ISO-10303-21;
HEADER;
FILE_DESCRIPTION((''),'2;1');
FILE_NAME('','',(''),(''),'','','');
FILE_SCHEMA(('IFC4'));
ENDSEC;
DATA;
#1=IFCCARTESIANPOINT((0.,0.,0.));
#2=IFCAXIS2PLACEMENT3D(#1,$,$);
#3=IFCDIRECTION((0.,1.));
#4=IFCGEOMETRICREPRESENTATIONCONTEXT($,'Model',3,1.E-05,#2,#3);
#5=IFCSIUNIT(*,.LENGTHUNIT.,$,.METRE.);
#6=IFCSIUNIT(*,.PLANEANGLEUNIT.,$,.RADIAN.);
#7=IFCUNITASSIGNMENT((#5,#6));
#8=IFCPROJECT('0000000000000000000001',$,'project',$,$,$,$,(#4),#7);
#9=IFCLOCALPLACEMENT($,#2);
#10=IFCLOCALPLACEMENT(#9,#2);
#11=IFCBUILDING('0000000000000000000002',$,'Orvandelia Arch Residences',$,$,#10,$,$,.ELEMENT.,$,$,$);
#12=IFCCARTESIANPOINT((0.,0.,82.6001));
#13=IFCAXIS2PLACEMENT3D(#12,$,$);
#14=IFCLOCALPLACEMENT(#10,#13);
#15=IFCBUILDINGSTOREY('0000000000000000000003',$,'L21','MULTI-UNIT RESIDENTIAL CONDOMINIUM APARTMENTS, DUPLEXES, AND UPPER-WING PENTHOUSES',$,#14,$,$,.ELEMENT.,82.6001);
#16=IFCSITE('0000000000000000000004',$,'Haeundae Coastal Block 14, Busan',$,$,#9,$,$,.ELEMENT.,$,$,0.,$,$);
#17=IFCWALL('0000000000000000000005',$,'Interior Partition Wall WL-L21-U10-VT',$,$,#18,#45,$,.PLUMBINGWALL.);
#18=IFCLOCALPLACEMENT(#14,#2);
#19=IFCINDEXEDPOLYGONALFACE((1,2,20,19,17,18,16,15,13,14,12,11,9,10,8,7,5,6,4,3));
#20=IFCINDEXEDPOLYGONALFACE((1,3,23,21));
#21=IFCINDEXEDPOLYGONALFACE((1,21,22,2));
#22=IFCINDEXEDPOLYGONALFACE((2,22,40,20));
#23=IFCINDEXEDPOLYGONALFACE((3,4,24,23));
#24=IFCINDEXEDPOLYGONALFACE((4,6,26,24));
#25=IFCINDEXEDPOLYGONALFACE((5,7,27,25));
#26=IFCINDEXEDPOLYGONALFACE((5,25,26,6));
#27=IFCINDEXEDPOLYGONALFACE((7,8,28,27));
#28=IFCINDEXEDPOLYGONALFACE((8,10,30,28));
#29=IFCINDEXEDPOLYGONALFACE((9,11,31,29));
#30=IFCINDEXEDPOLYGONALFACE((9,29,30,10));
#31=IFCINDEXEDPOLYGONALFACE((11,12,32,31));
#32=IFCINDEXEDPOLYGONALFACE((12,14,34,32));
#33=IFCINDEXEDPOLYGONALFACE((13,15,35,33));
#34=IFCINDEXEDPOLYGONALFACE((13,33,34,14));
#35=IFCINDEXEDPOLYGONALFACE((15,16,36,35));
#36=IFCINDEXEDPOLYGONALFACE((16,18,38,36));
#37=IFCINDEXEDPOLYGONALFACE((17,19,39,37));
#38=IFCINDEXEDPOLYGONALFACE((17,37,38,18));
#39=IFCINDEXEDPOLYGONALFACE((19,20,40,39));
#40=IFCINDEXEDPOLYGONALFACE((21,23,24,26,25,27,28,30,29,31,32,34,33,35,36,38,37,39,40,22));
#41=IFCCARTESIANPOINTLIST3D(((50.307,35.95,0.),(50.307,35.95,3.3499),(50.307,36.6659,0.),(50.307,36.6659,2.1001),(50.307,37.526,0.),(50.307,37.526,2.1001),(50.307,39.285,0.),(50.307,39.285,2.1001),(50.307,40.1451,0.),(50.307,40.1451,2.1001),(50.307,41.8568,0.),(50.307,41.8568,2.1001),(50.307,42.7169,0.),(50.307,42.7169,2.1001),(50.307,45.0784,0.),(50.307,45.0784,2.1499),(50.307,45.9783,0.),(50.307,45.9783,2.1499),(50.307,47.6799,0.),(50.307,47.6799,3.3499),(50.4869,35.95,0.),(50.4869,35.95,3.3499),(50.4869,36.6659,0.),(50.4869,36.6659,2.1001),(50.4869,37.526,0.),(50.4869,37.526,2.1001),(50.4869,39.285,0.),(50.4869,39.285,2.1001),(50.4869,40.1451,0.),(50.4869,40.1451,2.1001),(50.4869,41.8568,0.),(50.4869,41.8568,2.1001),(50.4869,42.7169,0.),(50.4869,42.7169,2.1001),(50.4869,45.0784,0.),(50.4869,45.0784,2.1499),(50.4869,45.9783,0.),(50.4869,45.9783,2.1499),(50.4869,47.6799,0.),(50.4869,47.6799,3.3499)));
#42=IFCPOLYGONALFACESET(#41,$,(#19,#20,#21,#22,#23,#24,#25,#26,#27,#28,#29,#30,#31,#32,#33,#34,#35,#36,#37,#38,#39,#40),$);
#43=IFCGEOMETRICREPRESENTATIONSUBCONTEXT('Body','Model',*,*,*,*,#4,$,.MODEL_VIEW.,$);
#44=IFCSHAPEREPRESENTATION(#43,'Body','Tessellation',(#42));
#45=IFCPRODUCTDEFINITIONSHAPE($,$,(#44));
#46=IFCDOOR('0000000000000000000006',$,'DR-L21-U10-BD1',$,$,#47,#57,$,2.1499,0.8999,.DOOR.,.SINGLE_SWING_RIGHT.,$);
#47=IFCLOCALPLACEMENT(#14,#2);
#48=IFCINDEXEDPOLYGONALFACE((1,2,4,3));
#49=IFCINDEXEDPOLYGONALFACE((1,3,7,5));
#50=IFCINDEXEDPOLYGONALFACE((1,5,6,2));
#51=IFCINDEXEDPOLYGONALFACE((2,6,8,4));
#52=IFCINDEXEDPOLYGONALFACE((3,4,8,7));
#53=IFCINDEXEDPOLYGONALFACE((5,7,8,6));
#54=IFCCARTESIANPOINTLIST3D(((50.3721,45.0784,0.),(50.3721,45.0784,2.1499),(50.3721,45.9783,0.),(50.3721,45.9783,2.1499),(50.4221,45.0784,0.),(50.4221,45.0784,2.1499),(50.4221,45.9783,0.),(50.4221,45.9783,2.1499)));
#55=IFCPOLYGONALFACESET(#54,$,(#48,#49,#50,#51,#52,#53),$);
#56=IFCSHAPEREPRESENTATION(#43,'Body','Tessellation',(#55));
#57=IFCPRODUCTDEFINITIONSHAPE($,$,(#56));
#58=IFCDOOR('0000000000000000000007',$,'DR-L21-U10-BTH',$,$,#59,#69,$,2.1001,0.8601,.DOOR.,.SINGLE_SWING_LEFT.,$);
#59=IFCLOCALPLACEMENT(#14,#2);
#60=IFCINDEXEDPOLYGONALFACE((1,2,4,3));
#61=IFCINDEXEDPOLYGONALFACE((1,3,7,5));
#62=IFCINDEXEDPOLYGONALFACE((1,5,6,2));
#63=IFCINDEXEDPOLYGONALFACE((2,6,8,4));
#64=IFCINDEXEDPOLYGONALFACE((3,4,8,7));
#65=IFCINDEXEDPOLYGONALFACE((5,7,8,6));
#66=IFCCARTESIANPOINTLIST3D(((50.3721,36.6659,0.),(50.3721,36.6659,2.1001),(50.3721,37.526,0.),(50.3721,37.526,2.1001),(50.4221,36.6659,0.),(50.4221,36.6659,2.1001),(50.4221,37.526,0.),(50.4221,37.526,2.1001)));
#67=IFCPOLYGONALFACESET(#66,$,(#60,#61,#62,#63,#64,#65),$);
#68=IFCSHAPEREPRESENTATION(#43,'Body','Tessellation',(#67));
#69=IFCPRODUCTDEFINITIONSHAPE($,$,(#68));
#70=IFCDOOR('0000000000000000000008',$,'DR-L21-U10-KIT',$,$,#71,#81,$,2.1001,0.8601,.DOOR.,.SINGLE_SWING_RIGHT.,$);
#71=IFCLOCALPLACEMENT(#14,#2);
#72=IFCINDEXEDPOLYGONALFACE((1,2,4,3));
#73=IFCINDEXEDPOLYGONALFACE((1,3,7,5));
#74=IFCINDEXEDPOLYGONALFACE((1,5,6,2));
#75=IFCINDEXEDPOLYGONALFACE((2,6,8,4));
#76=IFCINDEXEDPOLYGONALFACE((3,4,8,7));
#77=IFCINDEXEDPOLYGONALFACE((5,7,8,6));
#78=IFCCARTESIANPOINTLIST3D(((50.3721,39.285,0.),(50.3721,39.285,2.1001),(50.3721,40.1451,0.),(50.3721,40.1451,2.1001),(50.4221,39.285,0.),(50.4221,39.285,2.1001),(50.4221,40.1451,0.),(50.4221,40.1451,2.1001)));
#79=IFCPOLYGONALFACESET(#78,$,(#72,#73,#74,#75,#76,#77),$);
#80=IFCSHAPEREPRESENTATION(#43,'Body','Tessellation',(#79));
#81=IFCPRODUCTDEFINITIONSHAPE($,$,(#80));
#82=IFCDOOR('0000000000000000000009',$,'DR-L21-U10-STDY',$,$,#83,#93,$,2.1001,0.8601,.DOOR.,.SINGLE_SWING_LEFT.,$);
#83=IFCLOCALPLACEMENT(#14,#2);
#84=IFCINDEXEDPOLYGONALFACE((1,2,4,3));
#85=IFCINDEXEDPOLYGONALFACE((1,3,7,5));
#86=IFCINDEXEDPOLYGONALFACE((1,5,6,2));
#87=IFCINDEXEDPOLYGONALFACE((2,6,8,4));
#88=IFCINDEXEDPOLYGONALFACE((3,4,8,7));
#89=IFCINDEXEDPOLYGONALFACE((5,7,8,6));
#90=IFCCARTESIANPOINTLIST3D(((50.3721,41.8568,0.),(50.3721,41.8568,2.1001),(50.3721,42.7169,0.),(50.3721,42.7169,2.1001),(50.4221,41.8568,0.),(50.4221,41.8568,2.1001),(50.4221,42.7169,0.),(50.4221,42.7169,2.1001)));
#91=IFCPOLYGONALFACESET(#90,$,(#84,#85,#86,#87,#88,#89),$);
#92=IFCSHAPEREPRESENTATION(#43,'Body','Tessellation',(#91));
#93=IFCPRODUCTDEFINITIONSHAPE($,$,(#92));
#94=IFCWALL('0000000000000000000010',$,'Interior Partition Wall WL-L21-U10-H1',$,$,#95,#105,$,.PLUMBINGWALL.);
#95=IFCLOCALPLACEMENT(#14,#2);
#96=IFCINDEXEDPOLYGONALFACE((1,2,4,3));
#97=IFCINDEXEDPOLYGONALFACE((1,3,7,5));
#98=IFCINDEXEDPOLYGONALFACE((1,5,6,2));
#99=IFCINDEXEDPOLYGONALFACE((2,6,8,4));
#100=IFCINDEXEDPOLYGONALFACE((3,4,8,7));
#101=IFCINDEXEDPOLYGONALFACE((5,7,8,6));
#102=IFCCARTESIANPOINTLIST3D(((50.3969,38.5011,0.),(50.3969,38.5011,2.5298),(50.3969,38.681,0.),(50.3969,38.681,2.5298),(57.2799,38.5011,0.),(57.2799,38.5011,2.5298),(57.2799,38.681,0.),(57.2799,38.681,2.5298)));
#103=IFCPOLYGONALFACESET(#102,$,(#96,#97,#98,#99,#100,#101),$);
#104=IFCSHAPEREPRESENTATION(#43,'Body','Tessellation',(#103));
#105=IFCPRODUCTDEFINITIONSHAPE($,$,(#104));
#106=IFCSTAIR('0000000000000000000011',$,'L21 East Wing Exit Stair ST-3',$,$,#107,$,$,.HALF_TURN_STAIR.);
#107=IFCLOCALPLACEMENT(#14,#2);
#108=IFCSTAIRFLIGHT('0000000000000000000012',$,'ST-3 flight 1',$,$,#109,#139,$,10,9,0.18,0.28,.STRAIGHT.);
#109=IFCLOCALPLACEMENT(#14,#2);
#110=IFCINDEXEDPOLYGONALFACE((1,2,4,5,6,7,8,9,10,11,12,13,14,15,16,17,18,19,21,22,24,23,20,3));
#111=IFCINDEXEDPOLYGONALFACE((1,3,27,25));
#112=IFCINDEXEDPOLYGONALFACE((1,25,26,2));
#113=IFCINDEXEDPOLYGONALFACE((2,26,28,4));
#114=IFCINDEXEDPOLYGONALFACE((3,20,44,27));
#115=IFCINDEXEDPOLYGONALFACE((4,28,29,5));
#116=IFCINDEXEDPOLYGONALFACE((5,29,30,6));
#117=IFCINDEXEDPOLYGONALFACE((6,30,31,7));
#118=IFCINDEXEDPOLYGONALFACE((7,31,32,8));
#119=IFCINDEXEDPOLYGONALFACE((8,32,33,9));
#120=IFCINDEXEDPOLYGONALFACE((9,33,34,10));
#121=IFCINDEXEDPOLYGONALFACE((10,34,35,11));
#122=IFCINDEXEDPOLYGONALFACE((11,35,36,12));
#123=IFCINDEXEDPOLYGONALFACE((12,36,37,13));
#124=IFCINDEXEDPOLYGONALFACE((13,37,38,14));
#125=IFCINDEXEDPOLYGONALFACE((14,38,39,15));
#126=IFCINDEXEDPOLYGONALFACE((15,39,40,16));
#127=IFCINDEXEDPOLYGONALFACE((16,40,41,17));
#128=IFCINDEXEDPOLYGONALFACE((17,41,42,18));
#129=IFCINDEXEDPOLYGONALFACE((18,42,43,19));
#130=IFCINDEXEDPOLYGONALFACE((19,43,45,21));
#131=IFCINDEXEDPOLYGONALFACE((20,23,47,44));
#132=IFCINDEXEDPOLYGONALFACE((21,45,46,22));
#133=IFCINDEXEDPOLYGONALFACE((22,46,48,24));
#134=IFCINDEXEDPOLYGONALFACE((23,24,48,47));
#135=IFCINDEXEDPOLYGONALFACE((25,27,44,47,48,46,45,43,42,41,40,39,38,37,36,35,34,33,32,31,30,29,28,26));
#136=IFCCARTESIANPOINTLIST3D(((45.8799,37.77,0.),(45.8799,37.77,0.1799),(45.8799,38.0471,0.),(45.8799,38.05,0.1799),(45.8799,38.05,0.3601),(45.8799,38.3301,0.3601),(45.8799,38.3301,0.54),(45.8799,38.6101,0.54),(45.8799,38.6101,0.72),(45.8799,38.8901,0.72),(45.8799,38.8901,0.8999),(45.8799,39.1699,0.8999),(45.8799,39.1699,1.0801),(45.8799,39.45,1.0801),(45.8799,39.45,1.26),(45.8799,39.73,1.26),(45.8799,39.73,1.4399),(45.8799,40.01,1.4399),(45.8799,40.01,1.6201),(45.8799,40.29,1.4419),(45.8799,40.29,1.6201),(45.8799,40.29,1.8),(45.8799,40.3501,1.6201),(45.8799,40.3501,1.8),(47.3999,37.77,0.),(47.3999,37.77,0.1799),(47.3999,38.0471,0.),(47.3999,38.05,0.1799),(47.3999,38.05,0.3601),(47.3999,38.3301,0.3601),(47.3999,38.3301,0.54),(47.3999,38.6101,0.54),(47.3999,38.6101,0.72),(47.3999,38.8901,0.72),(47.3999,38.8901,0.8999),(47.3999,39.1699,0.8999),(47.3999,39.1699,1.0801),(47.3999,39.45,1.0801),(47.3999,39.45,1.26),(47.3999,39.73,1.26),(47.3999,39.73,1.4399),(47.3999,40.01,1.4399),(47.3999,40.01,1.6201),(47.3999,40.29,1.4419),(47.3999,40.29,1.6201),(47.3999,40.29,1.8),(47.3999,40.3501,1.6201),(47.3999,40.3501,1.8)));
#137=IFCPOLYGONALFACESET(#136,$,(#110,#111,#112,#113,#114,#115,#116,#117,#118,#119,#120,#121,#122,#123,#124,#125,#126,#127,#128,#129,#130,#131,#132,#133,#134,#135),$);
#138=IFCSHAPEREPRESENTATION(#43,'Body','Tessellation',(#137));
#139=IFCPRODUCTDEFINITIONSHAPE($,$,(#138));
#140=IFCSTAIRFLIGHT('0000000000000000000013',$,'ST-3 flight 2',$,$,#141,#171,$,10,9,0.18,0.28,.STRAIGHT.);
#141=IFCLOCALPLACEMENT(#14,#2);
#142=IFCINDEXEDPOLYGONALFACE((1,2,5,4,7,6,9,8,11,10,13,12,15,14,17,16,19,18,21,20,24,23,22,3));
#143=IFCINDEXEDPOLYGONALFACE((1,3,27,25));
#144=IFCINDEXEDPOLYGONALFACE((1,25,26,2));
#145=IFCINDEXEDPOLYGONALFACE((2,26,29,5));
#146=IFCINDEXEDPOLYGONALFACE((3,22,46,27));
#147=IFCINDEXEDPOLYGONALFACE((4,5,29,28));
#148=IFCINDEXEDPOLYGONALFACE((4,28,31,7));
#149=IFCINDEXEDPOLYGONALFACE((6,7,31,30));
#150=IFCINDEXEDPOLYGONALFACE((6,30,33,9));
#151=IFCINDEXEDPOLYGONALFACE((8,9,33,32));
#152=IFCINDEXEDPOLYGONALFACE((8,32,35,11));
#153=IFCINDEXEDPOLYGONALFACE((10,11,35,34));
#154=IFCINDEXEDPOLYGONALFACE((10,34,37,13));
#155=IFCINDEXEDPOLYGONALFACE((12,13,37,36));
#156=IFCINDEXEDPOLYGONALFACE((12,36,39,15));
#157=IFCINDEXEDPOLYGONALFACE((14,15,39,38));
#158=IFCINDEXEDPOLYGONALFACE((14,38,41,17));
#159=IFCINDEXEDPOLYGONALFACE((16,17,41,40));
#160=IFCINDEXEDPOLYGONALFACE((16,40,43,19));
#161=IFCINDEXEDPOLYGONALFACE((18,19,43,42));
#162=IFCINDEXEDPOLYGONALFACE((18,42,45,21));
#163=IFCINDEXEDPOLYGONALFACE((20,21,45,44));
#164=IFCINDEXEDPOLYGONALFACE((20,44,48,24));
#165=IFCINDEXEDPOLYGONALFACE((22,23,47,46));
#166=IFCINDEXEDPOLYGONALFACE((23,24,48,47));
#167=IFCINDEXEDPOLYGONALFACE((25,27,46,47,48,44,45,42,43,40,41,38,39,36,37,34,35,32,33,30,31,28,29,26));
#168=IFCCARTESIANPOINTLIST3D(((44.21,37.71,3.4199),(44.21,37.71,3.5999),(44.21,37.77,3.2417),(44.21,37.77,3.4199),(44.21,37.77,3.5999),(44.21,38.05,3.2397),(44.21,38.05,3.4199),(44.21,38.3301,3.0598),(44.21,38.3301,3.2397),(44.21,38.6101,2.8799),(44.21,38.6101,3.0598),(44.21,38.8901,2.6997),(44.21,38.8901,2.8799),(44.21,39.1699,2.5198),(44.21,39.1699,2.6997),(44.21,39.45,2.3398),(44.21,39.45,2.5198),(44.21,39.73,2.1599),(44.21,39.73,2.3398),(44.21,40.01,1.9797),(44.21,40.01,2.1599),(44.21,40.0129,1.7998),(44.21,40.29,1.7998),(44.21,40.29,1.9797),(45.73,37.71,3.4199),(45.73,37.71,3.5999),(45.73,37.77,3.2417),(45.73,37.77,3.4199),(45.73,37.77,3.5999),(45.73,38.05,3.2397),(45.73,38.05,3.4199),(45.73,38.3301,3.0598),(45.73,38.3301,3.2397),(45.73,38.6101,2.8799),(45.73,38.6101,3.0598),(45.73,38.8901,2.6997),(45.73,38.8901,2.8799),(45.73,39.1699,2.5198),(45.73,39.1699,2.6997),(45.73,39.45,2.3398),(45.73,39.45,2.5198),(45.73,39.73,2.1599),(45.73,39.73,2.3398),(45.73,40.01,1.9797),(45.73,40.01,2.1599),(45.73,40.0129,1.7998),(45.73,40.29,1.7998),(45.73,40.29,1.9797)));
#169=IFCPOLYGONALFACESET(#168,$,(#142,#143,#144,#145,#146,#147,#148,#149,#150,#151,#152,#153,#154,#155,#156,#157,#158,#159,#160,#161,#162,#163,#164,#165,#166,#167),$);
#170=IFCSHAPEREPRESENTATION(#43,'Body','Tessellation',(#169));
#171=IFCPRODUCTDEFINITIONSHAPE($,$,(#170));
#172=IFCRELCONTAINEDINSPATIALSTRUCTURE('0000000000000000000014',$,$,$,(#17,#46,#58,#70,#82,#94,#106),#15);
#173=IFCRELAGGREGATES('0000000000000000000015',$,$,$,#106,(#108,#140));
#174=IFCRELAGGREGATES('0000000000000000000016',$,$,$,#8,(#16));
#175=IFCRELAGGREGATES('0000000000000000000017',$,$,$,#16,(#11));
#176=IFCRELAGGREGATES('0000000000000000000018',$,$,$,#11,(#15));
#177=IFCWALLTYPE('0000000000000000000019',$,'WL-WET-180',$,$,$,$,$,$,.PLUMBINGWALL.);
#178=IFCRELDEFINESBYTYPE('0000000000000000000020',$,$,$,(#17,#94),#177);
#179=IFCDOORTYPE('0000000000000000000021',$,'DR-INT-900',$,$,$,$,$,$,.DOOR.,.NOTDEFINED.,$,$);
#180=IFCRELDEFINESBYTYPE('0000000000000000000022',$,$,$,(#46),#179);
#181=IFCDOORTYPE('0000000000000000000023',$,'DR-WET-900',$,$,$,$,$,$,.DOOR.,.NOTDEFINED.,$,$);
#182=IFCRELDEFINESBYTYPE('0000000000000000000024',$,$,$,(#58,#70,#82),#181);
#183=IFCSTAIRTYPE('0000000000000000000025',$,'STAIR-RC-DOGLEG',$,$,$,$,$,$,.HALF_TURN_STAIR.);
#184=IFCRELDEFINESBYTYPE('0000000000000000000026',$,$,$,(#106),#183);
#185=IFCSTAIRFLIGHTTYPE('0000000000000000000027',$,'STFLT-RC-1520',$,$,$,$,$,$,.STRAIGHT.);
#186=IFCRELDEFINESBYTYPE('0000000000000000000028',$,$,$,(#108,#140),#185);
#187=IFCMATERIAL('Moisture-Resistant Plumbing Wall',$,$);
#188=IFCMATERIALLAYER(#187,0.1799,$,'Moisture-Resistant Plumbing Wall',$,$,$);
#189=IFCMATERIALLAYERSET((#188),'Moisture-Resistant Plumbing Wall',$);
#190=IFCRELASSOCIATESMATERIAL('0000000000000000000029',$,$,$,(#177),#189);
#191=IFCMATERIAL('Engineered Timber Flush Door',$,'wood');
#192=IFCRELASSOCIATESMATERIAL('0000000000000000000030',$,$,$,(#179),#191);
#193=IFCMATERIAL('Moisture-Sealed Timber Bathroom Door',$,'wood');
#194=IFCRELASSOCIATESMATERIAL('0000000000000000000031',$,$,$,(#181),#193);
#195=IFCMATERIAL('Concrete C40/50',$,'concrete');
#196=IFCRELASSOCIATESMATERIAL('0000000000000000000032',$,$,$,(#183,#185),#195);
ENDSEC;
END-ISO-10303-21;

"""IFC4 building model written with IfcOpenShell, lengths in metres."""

from ifc_helpers import new_model, si_unit, direction, frame, frame_2d, origin, place, context, subcontext, project, spatial, polyline, rectangle, outline, extrude, material, layer, layer_set, type_object, element, fill, aggregate, save


model = new_model("IFC4")

# Units and contexts
model_context = context("Model", 3, precision=1e-05, world=origin(), true_north=direction((0.0, 1.0)))
body_context = subcontext(model_context, "Body", "Model", "MODEL_VIEW")
ifc_project = project(units=[si_unit("LENGTHUNIT", "METRE"), si_unit("PLANEANGLEUNIT", "RADIAN")], contexts=[model_context])

# Site, building, storey
site_placement = place(None, origin())
site = spatial("IfcSite", under=ifc_project, at=site_placement, Name="Haeundae Coastal Block 14, Busan", CompositionType="ELEMENT", RefElevation=0.0)
building_placement = place(site_placement, origin())
building = spatial("IfcBuilding", under=site, at=building_placement, Name="Orvandelia Arch Residences", CompositionType="ELEMENT")
storey_placement = place(building_placement, frame((0.0, 0.0, 82.6001)))
storey = spatial("IfcBuildingStorey", under=building, at=storey_placement, Name="L21", Description="MULTI-UNIT RESIDENTIAL CONDOMINIUM APARTMENTS, DUPLEXES, AND UPPER-WING PENTHOUSES", CompositionType="ELEMENT", Elevation=82.6001)

# Shared definitions
ifc_material_1 = material(Name="Concrete C40/50", Category="concrete")

# Wall, openings, doors
ifc_material_2 = material(Name="Moisture-Resistant Plumbing Wall")
ifc_layer_1 = layer(ifc_material_2, 0.1799, Name="Moisture-Resistant Plumbing Wall")
ifc_layer_set_1 = layer_set([ifc_layer_1], Name="Moisture-Resistant Plumbing Wall")
wall_type_1 = type_object("IfcWallType", Name="WL-WET-180", PredefinedType="PLUMBINGWALL", material=ifc_layer_set_1)
wall_1_placement = place(storey_placement, frame((50.397, 35.95, 0.0), z_axis=(0.0, 0.0, 1.0), x_axis=(0.0, 1.0, 0.0)))
wall_1 = element("IfcWall", 1, at=wall_1_placement, inside=storey, type_object=wall_type_1, Name="Interior Partition Wall WL-L21-U10-VT", PredefinedType="PLUMBINGWALL", context=body_context, shape_type="SweptSolid", body=[
    extrude(rectangle(XDim=11.73, YDim=0.1799, at=frame_2d((5.865, 0.0))), origin(), (0.0, 0.0, 1.0), 3.3499),
])
opening_1_placement = place(wall_1_placement, frame((0.7158, 0.0, 0.0)))
opening_1 = element("IfcOpeningElement", 2, at=opening_1_placement, cuts=wall_1, PredefinedType="OPENING", context=body_context, shape_type="SweptSolid", body=[
    extrude(rectangle(XDim=0.8601, YDim=2.1001, at=frame_2d((0.4302, 1.05))), frame((0.0, 0.1001, 0.0), z_axis=(0.0, -1.0, 0.0), x_axis=(1.0, 0.0, 0.0)), (0.0, 0.0, 1.0), 0.2),
])
opening_2_placement = place(wall_1_placement, frame((3.335, 0.0, 0.0)))
opening_2 = element("IfcOpeningElement", 3, at=opening_2_placement, cuts=wall_1, PredefinedType="OPENING", context=body_context, shape_type="SweptSolid", body=[
    extrude(rectangle(XDim=0.8601, YDim=2.1001, at=frame_2d((0.4302, 1.05))), frame((0.0, 0.1001, 0.0), z_axis=(0.0, -1.0, 0.0), x_axis=(1.0, 0.0, 0.0)), (0.0, 0.0, 1.0), 0.2),
])
opening_3_placement = place(wall_1_placement, frame((5.9067, 0.0, 0.0)))
opening_3 = element("IfcOpeningElement", 4, at=opening_3_placement, cuts=wall_1, PredefinedType="OPENING", context=body_context, shape_type="SweptSolid", body=[
    extrude(rectangle(XDim=0.8601, YDim=2.1001, at=frame_2d((0.4302, 1.05))), frame((0.0, 0.1001, 0.0), z_axis=(0.0, -1.0, 0.0), x_axis=(1.0, 0.0, 0.0)), (0.0, 0.0, 1.0), 0.2),
])
opening_4_placement = place(wall_1_placement, frame((9.1284, 0.0, 0.0)))
opening_4 = element("IfcOpeningElement", 5, at=opening_4_placement, cuts=wall_1, PredefinedType="OPENING", context=body_context, shape_type="SweptSolid", body=[
    extrude(rectangle(XDim=0.8999, YDim=2.1499, at=frame_2d((0.45, 1.075))), frame((0.0, 0.1001, 0.0), z_axis=(0.0, -1.0, 0.0), x_axis=(1.0, 0.0, 0.0)), (0.0, 0.0, 1.0), 0.2),
])
ifc_material_3 = material(Name="Engineered Timber Flush Door", Category="wood")
door_type_1 = type_object("IfcDoorType", Name="DR-INT-900", OperationType="NOTDEFINED", PredefinedType="DOOR", material=ifc_material_3)
door_1_placement = place(opening_4_placement, origin())
door_1 = element("IfcDoor", 6, at=door_1_placement, inside=storey, type_object=door_type_1, Name="DR-L21-U10-BD1", OperationType="SINGLE_SWING_RIGHT", OverallHeight=2.1499, OverallWidth=0.8999, PredefinedType="DOOR", context=body_context, shape_type="SweptSolid", body=[
    extrude(rectangle(XDim=0.8999, YDim=2.1499, at=frame_2d((0.45, 1.075))), frame((0.0, 0.0249, 0.0), z_axis=(0.0, -1.0, 0.0), x_axis=(1.0, 0.0, 0.0)), (0.0, 0.0, 1.0), 0.05),
])
fill(opening_4, door_1)
ifc_material_4 = material(Name="Moisture-Sealed Timber Bathroom Door", Category="wood")
door_type_2 = type_object("IfcDoorType", Name="DR-WET-900", OperationType="NOTDEFINED", PredefinedType="DOOR", material=ifc_material_4)
door_2_placement = place(opening_1_placement, origin())
door_2 = element("IfcDoor", 7, at=door_2_placement, inside=storey, type_object=door_type_2, Name="DR-L21-U10-BTH", OperationType="SINGLE_SWING_LEFT", OverallHeight=2.1001, OverallWidth=0.8601, PredefinedType="DOOR", context=body_context, shape_type="SweptSolid", body=[
    extrude(rectangle(XDim=0.8601, YDim=2.1001, at=frame_2d((0.4302, 1.05))), frame((0.0, 0.0249, 0.0), z_axis=(0.0, -1.0, 0.0), x_axis=(1.0, 0.0, 0.0)), (0.0, 0.0, 1.0), 0.05),
])
fill(opening_1, door_2)
door_3_placement = place(opening_2_placement, origin())
door_3 = element("IfcDoor", 8, at=door_3_placement, inside=storey, type_object=door_type_2, Name="DR-L21-U10-KIT", OperationType="SINGLE_SWING_RIGHT", OverallHeight=2.1001, OverallWidth=0.8601, PredefinedType="DOOR", context=body_context, shape_type="SweptSolid", body=[
    extrude(rectangle(XDim=0.8601, YDim=2.1001, at=frame_2d((0.4302, 1.05))), frame((0.0, 0.0249, 0.0), z_axis=(0.0, -1.0, 0.0), x_axis=(1.0, 0.0, 0.0)), (0.0, 0.0, 1.0), 0.05),
])
fill(opening_2, door_3)
door_4_placement = place(opening_3_placement, origin())
door_4 = element("IfcDoor", 9, at=door_4_placement, inside=storey, type_object=door_type_2, Name="DR-L21-U10-STDY", OperationType="SINGLE_SWING_LEFT", OverallHeight=2.1001, OverallWidth=0.8601, PredefinedType="DOOR", context=body_context, shape_type="SweptSolid", body=[
    extrude(rectangle(XDim=0.8601, YDim=2.1001, at=frame_2d((0.4302, 1.05))), frame((0.0, 0.0249, 0.0), z_axis=(0.0, -1.0, 0.0), x_axis=(1.0, 0.0, 0.0)), (0.0, 0.0, 1.0), 0.05),
])
fill(opening_3, door_4)

# Wall
wall_2_placement = place(storey_placement, frame((50.397, 38.5911, 0.0), z_axis=(0.0, 0.0, 1.0), x_axis=(1.0, 0.0, 0.0)))
element("IfcWall", 10, at=wall_2_placement, inside=storey, type_object=wall_type_1, Name="Interior Partition Wall WL-L21-U10-H1", PredefinedType="PLUMBINGWALL", context=body_context, shape_type="SweptSolid", body=[
    extrude(rectangle(XDim=6.8831, YDim=0.1799, at=frame_2d((3.4414, 0.0))), origin(), (0.0, 0.0, 1.0), 2.5298),
])

# Stair, stair flights
stair_type = type_object("IfcStairType", Name="STAIR-RC-DOGLEG", PredefinedType="HALF_TURN_STAIR", material=ifc_material_1)
stair_placement = place(storey_placement, origin())
stair = element("IfcStair", 11, at=stair_placement, inside=storey, type_object=stair_type, Name="L21 East Wing Exit Stair ST-3", PredefinedType="HALF_TURN_STAIR")
stair_flight_type = type_object("IfcStairFlightType", Name="STFLT-RC-1520", PredefinedType="STRAIGHT", material=ifc_material_1)
stair_flight_1_placement = place(storey_placement, frame((46.6399, 37.77, 0.0), z_axis=(0.0, 0.0, 1.0), x_axis=(0.0, 1.0, 0.0)))
stair_flight_1 = element("IfcStairFlight", 12, at=stair_flight_1_placement, type_object=stair_flight_type, Name="ST-3 flight 1", NumberOfRisers=10, NumberOfTreads=9, PredefinedType="STRAIGHT", RiserHeight=0.18, TreadLength=0.28, context=body_context, shape_type="SweptSolid", body=[
    extrude(outline(polyline([(0.0, 0.0), (0.0, 0.1799), (0.28, 0.1799), (0.28, 0.3601), (0.5601, 0.3601), (0.5601, 0.54), (0.8401, 0.54), (0.8401, 0.72), (1.1201, 0.72), (1.1201, 0.8999), (1.3999, 0.8999), (1.3999, 1.0801), (1.6799, 1.0801), (1.6799, 1.26), (1.96, 1.26), (1.96, 1.4399), (2.24, 1.4399), (2.24, 1.6201), (2.52, 1.6201), (2.52, 1.8), (2.5801, 1.8), (2.5801, 1.6201), (2.52, 1.4419), (0.2771, 0.0), (0.0, 0.0)])), frame((0.0, 0.76, 0.0), z_axis=(0.0, -1.0, 0.0), x_axis=(1.0, 0.0, 0.0)), (0.0, 0.0, 1.0), 1.52),
])
stair_flight_2_placement = place(storey_placement, frame((44.97, 40.29, 1.7998), z_axis=(0.0, 0.0, 1.0), x_axis=(0.0, -1.0, 0.0)))
stair_flight_2 = element("IfcStairFlight", 13, at=stair_flight_2_placement, type_object=stair_flight_type, Name="ST-3 flight 2", NumberOfRisers=10, NumberOfTreads=9, PredefinedType="STRAIGHT", RiserHeight=0.18, TreadLength=0.28, context=body_context, shape_type="SweptSolid", body=[
    extrude(outline(polyline([(0.0, 0.0), (0.0, 0.1799), (0.28, 0.1799), (0.28, 0.3601), (0.5601, 0.3601), (0.5601, 0.54), (0.8401, 0.54), (0.8401, 0.72), (1.1201, 0.72), (1.1201, 0.8999), (1.3999, 0.8999), (1.3999, 1.0801), (1.6799, 1.0801), (1.6799, 1.26), (1.96, 1.26), (1.96, 1.4399), (2.24, 1.4399), (2.24, 1.6201), (2.52, 1.6201), (2.52, 1.8), (2.5801, 1.8), (2.5801, 1.6201), (2.52, 1.4419), (0.2771, 0.0), (0.0, 0.0)])), frame((0.0, 0.76, 0.0), z_axis=(0.0, -1.0, 0.0), x_axis=(1.0, 0.0, 0.0)), (0.0, 0.0, 1.0), 1.52),
])
aggregate(stair, [stair_flight_1, stair_flight_2])

save(model, "model.ifc")
